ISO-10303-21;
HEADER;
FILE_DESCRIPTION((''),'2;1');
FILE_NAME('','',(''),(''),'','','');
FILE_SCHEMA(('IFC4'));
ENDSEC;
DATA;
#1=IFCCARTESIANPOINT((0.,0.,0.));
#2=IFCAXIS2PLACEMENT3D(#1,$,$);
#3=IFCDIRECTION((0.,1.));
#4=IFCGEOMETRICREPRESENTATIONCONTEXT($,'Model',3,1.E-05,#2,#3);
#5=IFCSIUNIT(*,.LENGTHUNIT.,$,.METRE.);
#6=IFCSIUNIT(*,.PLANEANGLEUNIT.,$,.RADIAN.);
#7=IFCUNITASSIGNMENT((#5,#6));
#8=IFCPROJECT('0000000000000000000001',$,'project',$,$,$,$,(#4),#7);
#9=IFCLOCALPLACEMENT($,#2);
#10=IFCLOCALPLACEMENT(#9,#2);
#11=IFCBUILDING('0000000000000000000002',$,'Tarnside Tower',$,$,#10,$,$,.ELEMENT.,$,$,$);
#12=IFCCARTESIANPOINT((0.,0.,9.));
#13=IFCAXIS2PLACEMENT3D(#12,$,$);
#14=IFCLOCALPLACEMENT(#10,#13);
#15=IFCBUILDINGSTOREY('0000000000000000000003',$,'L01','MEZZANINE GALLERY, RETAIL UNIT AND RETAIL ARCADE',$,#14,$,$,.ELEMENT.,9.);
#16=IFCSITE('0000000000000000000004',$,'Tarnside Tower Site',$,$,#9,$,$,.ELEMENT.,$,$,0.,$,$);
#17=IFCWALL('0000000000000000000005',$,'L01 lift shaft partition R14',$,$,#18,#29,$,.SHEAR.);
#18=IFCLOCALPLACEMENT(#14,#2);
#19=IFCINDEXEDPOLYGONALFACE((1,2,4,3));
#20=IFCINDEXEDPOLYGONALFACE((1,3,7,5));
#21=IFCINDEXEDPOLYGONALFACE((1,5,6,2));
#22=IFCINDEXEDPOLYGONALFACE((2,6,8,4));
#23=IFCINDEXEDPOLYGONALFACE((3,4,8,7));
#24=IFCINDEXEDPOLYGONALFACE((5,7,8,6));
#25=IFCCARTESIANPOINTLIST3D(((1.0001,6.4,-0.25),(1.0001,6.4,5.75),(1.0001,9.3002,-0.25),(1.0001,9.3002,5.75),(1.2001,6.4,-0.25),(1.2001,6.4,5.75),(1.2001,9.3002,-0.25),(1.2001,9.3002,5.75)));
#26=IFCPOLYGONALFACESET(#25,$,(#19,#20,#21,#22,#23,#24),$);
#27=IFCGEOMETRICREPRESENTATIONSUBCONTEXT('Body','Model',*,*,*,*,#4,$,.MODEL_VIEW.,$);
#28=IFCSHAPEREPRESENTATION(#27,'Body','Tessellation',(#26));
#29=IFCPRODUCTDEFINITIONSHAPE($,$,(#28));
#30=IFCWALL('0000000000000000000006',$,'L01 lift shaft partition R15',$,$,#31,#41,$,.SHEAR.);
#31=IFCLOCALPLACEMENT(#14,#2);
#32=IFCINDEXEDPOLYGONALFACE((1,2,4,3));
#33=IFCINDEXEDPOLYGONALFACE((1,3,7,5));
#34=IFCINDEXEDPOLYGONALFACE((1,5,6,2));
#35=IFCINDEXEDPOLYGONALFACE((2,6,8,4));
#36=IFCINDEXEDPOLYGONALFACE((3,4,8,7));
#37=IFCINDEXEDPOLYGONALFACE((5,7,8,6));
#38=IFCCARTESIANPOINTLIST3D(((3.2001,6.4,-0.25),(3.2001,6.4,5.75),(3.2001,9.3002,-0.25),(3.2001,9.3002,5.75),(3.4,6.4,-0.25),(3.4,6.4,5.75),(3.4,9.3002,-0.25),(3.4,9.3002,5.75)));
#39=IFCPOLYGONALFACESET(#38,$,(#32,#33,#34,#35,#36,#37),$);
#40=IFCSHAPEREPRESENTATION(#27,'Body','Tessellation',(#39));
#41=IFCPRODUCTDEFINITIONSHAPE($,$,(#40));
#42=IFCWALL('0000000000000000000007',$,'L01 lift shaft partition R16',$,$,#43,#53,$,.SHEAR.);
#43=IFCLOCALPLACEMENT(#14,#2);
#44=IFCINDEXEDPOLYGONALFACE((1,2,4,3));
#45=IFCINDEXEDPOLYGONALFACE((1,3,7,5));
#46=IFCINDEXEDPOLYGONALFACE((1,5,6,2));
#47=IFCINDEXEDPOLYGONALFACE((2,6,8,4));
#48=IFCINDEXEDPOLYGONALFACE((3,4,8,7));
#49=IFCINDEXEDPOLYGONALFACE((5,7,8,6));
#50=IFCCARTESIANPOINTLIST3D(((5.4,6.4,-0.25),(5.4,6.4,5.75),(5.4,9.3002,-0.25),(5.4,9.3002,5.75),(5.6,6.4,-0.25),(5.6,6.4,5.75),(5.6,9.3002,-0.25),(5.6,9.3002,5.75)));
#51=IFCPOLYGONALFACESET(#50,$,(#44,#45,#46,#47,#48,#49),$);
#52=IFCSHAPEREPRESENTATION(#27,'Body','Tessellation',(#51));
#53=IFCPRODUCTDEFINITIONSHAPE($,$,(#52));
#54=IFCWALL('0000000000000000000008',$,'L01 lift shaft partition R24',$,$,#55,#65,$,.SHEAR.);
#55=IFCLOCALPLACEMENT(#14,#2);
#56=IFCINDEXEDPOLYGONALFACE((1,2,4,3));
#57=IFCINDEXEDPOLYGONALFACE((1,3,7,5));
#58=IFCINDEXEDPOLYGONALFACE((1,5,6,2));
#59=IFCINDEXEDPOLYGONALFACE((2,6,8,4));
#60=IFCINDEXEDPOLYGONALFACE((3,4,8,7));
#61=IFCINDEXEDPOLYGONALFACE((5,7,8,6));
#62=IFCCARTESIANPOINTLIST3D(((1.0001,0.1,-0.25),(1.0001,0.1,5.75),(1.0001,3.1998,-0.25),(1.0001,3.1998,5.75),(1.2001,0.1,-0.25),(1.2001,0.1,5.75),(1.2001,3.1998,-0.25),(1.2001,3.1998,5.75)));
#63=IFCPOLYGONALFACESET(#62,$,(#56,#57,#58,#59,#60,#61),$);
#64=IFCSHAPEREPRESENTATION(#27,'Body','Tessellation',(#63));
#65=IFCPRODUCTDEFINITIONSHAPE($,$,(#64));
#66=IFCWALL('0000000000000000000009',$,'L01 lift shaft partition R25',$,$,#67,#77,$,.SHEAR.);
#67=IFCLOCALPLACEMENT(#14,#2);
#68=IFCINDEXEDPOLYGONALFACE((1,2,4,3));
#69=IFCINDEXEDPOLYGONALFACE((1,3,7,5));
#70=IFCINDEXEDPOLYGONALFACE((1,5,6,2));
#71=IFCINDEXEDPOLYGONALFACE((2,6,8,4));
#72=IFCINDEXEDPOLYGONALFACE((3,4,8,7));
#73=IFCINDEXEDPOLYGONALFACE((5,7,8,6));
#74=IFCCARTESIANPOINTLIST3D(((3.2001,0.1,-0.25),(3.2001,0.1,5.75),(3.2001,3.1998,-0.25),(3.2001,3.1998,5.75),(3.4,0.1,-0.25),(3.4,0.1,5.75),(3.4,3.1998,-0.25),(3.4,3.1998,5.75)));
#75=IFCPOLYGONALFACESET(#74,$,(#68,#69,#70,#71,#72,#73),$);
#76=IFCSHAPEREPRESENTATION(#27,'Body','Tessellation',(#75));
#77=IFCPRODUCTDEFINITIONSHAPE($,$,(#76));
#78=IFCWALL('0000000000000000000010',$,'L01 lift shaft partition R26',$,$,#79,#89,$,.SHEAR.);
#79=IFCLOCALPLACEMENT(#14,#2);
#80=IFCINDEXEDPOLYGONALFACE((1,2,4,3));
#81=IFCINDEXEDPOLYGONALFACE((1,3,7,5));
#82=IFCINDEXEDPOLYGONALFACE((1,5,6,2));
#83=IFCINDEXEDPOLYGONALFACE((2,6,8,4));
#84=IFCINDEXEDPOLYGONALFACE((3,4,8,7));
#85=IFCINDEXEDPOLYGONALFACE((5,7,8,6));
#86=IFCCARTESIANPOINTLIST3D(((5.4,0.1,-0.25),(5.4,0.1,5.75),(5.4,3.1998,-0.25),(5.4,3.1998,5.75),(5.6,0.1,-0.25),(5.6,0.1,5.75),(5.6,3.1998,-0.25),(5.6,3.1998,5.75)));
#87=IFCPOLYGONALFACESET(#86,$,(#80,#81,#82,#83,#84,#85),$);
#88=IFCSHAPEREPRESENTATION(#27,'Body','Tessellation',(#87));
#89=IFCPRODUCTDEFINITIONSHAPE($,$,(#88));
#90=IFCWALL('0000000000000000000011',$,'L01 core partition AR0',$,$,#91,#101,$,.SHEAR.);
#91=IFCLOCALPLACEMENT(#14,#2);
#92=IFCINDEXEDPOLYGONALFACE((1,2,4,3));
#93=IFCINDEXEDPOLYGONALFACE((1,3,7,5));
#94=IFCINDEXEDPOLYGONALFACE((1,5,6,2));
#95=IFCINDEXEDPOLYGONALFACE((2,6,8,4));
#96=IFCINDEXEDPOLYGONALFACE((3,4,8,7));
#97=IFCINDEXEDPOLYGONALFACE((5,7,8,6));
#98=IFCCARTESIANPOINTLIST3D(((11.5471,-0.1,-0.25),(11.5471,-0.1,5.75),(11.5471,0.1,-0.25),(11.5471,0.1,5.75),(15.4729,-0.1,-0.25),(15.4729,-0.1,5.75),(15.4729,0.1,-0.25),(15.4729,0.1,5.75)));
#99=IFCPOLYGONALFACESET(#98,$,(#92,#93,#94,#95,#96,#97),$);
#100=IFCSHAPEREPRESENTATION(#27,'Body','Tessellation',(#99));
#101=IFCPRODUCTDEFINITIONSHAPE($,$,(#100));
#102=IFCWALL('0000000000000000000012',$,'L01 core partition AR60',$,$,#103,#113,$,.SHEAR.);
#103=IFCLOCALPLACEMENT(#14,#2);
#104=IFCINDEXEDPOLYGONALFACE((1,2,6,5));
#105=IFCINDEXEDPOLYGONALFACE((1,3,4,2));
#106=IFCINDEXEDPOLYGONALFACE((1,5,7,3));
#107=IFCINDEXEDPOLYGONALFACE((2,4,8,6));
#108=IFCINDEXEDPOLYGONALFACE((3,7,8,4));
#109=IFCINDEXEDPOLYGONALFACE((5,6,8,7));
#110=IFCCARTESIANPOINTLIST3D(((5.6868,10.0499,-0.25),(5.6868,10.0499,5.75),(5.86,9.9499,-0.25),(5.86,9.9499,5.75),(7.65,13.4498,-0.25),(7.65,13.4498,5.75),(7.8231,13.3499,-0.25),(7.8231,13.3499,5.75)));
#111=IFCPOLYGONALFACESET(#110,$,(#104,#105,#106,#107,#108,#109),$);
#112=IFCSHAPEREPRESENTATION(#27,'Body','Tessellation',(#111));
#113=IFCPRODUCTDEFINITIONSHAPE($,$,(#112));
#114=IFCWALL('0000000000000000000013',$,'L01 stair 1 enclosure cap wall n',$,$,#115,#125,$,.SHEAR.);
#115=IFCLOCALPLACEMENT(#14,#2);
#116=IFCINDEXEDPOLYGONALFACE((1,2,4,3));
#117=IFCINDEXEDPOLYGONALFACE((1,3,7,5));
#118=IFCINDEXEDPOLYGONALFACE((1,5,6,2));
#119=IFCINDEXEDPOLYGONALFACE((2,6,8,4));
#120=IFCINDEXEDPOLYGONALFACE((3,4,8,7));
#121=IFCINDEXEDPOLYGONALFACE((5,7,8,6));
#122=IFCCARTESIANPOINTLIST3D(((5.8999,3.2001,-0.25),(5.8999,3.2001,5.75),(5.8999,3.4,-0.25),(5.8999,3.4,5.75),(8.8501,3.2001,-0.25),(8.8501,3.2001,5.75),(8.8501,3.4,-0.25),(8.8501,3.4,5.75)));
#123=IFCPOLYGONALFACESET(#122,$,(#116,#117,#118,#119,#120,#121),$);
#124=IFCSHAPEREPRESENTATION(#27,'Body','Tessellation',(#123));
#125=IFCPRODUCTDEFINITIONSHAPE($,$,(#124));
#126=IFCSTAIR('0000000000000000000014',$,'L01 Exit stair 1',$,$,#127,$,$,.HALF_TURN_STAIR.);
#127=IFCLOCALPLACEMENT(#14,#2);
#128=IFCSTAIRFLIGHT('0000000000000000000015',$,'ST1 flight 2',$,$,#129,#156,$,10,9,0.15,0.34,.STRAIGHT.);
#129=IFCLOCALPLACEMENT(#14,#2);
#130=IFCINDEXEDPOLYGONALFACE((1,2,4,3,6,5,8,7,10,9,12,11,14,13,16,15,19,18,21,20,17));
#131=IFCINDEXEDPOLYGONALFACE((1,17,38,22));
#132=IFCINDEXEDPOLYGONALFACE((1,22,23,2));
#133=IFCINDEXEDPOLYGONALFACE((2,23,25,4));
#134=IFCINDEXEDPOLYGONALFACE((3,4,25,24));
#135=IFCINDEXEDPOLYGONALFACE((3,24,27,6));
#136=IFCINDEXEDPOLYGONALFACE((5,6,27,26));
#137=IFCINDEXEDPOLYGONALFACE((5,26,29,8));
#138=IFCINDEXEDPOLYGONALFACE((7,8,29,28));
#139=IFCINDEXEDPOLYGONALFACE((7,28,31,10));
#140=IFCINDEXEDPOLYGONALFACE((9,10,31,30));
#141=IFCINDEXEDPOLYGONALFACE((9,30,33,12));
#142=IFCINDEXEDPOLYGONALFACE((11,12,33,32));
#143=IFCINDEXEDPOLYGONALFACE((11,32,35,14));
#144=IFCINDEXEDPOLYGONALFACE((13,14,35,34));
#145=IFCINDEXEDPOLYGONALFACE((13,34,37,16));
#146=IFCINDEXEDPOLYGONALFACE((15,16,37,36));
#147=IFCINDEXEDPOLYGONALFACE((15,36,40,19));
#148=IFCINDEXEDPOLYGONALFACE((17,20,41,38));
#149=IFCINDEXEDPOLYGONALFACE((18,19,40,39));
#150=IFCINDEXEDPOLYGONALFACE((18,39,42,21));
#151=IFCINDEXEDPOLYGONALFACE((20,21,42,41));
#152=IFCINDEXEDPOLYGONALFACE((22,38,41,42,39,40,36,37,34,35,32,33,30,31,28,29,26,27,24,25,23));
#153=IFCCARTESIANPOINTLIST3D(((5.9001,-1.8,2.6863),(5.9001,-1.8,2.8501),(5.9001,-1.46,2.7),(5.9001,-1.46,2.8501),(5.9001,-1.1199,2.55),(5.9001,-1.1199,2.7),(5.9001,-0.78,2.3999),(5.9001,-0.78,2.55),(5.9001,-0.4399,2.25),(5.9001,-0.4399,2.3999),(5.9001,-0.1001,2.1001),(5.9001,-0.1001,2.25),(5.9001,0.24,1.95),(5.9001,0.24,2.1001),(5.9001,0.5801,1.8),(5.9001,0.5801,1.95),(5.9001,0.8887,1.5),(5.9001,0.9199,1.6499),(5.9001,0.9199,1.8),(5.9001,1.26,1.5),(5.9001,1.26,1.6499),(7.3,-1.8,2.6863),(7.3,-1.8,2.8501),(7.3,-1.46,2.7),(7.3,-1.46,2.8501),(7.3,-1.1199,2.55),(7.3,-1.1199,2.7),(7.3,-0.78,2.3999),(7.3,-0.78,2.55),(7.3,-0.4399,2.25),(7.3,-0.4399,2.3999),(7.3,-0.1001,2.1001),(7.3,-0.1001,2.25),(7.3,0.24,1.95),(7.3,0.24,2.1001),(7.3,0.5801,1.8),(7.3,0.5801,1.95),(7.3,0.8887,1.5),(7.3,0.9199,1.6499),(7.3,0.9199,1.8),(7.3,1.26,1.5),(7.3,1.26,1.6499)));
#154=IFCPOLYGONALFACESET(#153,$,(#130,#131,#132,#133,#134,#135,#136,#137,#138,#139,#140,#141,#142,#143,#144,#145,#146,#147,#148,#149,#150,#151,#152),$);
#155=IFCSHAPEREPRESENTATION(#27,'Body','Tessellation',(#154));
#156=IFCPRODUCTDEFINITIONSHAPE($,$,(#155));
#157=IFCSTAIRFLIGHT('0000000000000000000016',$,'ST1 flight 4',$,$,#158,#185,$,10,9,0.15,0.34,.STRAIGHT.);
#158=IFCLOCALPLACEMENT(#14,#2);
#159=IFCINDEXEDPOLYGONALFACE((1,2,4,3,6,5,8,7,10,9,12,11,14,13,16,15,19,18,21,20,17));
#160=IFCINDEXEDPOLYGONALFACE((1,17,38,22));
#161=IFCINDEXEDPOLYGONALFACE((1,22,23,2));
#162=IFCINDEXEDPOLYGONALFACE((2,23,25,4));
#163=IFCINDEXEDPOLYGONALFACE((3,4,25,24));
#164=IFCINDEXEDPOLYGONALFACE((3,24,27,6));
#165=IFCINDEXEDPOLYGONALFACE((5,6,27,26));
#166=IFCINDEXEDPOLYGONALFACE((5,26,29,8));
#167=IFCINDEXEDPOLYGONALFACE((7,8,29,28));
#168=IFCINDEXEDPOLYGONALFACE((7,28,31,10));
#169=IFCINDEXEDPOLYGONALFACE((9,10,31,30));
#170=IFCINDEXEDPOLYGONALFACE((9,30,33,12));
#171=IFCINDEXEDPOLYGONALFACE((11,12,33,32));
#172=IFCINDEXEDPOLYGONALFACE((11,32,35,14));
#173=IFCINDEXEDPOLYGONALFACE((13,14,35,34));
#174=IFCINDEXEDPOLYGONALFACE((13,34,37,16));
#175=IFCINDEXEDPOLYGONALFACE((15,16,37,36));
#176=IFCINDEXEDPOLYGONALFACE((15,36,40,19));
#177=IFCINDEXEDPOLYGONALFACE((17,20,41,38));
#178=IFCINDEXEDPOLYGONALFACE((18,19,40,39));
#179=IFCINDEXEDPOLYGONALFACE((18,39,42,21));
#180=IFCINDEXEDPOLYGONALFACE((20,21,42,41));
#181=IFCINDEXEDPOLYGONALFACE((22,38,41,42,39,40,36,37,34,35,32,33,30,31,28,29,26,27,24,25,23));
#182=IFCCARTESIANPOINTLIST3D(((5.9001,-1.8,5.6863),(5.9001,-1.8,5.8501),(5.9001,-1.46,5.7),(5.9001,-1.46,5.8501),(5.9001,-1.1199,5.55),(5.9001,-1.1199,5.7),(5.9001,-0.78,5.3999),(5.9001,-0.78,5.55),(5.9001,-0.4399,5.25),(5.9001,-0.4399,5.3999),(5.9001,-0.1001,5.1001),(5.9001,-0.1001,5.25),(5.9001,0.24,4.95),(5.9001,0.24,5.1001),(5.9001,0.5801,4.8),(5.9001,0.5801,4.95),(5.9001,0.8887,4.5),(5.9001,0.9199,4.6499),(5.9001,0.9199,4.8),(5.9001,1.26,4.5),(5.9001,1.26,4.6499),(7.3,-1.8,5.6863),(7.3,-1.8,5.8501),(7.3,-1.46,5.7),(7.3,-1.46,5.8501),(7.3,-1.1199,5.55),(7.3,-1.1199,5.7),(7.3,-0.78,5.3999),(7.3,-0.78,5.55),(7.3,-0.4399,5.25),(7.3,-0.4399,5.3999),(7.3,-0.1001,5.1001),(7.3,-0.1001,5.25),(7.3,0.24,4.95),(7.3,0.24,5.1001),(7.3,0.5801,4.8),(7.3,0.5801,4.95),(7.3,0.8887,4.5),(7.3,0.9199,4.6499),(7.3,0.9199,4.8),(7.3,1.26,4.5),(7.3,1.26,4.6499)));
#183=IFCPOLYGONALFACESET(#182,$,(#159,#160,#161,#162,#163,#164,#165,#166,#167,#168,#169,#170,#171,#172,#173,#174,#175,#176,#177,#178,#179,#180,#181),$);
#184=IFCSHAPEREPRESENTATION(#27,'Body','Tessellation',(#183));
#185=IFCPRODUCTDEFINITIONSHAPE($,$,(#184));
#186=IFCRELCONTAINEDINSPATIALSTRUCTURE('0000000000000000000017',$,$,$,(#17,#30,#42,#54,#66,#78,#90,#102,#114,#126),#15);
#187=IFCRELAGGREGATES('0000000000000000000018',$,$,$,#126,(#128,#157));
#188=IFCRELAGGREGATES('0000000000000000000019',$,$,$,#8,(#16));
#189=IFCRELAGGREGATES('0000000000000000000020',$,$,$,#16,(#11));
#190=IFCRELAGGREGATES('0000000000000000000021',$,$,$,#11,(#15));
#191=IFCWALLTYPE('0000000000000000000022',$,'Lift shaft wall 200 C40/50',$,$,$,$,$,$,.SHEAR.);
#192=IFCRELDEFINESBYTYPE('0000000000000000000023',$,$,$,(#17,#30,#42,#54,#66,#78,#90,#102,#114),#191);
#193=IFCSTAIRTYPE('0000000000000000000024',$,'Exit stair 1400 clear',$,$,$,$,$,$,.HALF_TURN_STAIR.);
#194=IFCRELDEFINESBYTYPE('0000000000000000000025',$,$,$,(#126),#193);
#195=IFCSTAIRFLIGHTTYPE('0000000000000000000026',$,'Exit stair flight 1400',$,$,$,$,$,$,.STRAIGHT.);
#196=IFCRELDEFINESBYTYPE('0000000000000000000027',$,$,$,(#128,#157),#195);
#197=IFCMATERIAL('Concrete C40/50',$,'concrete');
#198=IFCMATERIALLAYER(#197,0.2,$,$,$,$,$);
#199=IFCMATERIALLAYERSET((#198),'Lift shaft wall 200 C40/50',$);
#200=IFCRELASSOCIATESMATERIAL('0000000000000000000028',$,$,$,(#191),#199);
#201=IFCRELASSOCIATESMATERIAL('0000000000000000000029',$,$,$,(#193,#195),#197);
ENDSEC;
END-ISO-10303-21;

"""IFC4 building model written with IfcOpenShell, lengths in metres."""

from ifc_helpers import new_model, si_unit, direction, frame, frame_2d, origin, place, context, subcontext, project, spatial, polyline, rectangle, outline, extrude, material, layer, layer_set, type_object, element, aggregate, save


model = new_model("IFC4")

# Units and contexts
model_context = context("Model", 3, precision=1e-05, world=origin(), true_north=direction((0.0, 1.0)))
body_context = subcontext(model_context, "Body", "Model", "MODEL_VIEW")
ifc_project = project(units=[si_unit("LENGTHUNIT", "METRE"), si_unit("PLANEANGLEUNIT", "RADIAN")], contexts=[model_context])

# Site, building, storey
site_placement = place(None, origin())
site = spatial("IfcSite", under=ifc_project, at=site_placement, Name="Tarnside Tower Site", CompositionType="ELEMENT", RefElevation=0.0)
building_placement = place(site_placement, origin())
building = spatial("IfcBuilding", under=site, at=building_placement, Name="Tarnside Tower", CompositionType="ELEMENT")
storey_placement = place(building_placement, frame((0.0, 0.0, 9.0)))
storey = spatial("IfcBuildingStorey", under=building, at=storey_placement, Name="L01", Description="MEZZANINE GALLERY, RETAIL UNIT AND RETAIL ARCADE", CompositionType="ELEMENT", Elevation=9.0)

# Shared definitions
ifc_material_1 = material(Name="Concrete C40/50", Category="concrete")

# Walls
ifc_layer_1 = layer(ifc_material_1, 0.2)
ifc_layer_set_1 = layer_set([ifc_layer_1], Name="Lift shaft wall 200 C40/50")
wall_type_1 = type_object("IfcWallType", Name="Lift shaft wall 200 C40/50", PredefinedType="SHEAR", material=ifc_layer_set_1)
for number, where, z_axis, x_axis, name in (
    (1, (1.1001, 6.3999, -0.25), (0.0, 0.0, 1.0), (0.0, 1.0, 0.0), "L01 lift shaft partition R14"),
    (2, (3.3, 6.3999, -0.25), (0.0, 0.0, 1.0), (0.0, 1.0, 0.0), "L01 lift shaft partition R15"),
    (3, (5.5, 6.3999, -0.25), (0.0, 0.0, 1.0), (0.0, 1.0, 0.0), "L01 lift shaft partition R16"),
):
    element("IfcWall", number, at=place(storey_placement, frame(where, z_axis=z_axis, x_axis=x_axis)), inside=storey, type_object=wall_type_1, Name=name, PredefinedType="SHEAR", context=body_context, shape_type="SweptSolid", body=[
        extrude(rectangle(XDim=2.9001, YDim=0.2, at=frame_2d((1.4502, 0.0))), origin(), (0.0, 0.0, 1.0), 6.0),
    ])
for number, where, z_axis, x_axis, name in (
    (4, (1.1001, 0.1001, -0.25), (0.0, 0.0, 1.0), (0.0, 1.0, 0.0), "L01 lift shaft partition R24"),
    (5, (3.3, 0.1001, -0.25), (0.0, 0.0, 1.0), (0.0, 1.0, 0.0), "L01 lift shaft partition R25"),
    (6, (5.5, 0.1001, -0.25), (0.0, 0.0, 1.0), (0.0, 1.0, 0.0), "L01 lift shaft partition R26"),
):
    element("IfcWall", number, at=place(storey_placement, frame(where, z_axis=z_axis, x_axis=x_axis)), inside=storey, type_object=wall_type_1, Name=name, PredefinedType="SHEAR", context=body_context, shape_type="SweptSolid", body=[
        extrude(rectangle(XDim=3.0999, YDim=0.2, at=frame_2d((1.5498, 0.0))), origin(), (0.0, 0.0, 1.0), 6.0),
    ])
wall_1_placement = place(storey_placement, frame((11.5471, 0.0, -0.25), z_axis=(0.0, 0.0, 1.0), x_axis=(1.0, 0.0, 0.0)))
element("IfcWall", 7, at=wall_1_placement, inside=storey, type_object=wall_type_1, Name="L01 core partition AR0", PredefinedType="SHEAR", context=body_context, shape_type="SweptSolid", body=[
    extrude(rectangle(XDim=3.9258, YDim=0.2, at=frame_2d((1.9629, 0.0))), origin(), (0.0, 0.0, 1.0), 6.0),
])
wall_2_placement = place(storey_placement, frame((5.7734, 10.0, -0.25), z_axis=(0.0, 0.0, 1.0), x_axis=(0.500038, 0.866003, 0.0)))
element("IfcWall", 8, at=wall_2_placement, inside=storey, type_object=wall_type_1, Name="L01 core partition AR60", PredefinedType="SHEAR", context=body_context, shape_type="SweptSolid", body=[
    extrude(rectangle(XDim=3.926, YDim=0.2, at=frame_2d((1.9629, 0.0))), origin(), (0.0, 0.0, 1.0), 6.0),
])
wall_3_placement = place(storey_placement, frame((5.8999, 3.3, -0.25), z_axis=(0.0, 0.0, 1.0), x_axis=(1.0, 0.0, 0.0)))
element("IfcWall", 9, at=wall_3_placement, inside=storey, type_object=wall_type_1, Name="L01 stair 1 enclosure cap wall n", PredefinedType="SHEAR", context=body_context, shape_type="SweptSolid", body=[
    extrude(rectangle(XDim=2.9502, YDim=0.2, at=frame_2d((1.4751, 0.0))), origin(), (0.0, 0.0, 1.0), 6.0),
])

# Stair, stair flights
stair_type_1 = type_object("IfcStairType", Name="Exit stair 1400 clear", PredefinedType="HALF_TURN_STAIR", material=ifc_material_1)
stair_1_placement = place(storey_placement, origin())
stair_1 = element("IfcStair", 10, at=stair_1_placement, inside=storey, type_object=stair_type_1, Name="L01 Exit stair 1", PredefinedType="HALF_TURN_STAIR")
stair_flight_type = type_object("IfcStairFlightType", Name="Exit stair flight 1400", PredefinedType="STRAIGHT", material=ifc_material_1)
stair_flight_1_placement = place(storey_placement, frame((6.6001, 1.26, 1.5), z_axis=(0.0, 0.0, 1.0), x_axis=(0.0, -1.0, 0.0)))
stair_flight_1 = element("IfcStairFlight", 11, at=stair_flight_1_placement, type_object=stair_flight_type, Name="ST1 flight 2", NumberOfRisers=10, NumberOfTreads=9, PredefinedType="STRAIGHT", RiserHeight=0.15, TreadLength=0.34, context=body_context, shape_type="SweptSolid", body=[
    extrude(outline(polyline([(0.0, 0.0), (0.0, 0.1499), (0.3401, 0.1499), (0.3401, 0.3), (0.6799, 0.3), (0.6799, 0.45), (1.02, 0.45), (1.02, 0.6001), (1.3601, 0.6001), (1.3601, 0.75), (1.7, 0.75), (1.7, 0.8999), (2.04, 0.8999), (2.04, 1.05), (2.3799, 1.05), (2.3799, 1.2), (2.72, 1.2), (2.72, 1.3501), (3.0601, 1.3501), (3.0601, 1.5), (3.0601, 1.1863), (0.3713, 0.0), (0.0, 0.0)])), frame((0.0, 0.7, 0.0), z_axis=(0.0, -1.0, 0.0), x_axis=(1.0, 0.0, 0.0)), (0.0, 0.0, 1.0), 1.3999),
])
stair_flight_2_placement = place(storey_placement, frame((6.6001, 1.26, 4.5), z_axis=(0.0, 0.0, 1.0), x_axis=(0.0, -1.0, 0.0)))
stair_flight_2 = element("IfcStairFlight", 12, at=stair_flight_2_placement, type_object=stair_flight_type, Name="ST1 flight 4", NumberOfRisers=10, NumberOfTreads=9, PredefinedType="STRAIGHT", RiserHeight=0.15, TreadLength=0.34, context=body_context, shape_type="SweptSolid", body=[
    extrude(outline(polyline([(0.0, 0.0), (0.0, 0.1499), (0.3401, 0.1499), (0.3401, 0.3), (0.6799, 0.3), (0.6799, 0.45), (1.02, 0.45), (1.02, 0.6001), (1.3601, 0.6001), (1.3601, 0.75), (1.7, 0.75), (1.7, 0.8999), (2.04, 0.8999), (2.04, 1.05), (2.3799, 1.05), (2.3799, 1.2), (2.72, 1.2), (2.72, 1.3501), (3.0601, 1.3501), (3.0601, 1.5), (3.0601, 1.1863), (0.3713, 0.0), (0.0, 0.0)])), frame((0.0, 0.7, 0.0), z_axis=(0.0, -1.0, 0.0), x_axis=(1.0, 0.0, 0.0)), (0.0, 0.0, 1.0), 1.3999),
])
aggregate(stair_1, [stair_flight_1, stair_flight_2])

save(model, "model.ifc")
